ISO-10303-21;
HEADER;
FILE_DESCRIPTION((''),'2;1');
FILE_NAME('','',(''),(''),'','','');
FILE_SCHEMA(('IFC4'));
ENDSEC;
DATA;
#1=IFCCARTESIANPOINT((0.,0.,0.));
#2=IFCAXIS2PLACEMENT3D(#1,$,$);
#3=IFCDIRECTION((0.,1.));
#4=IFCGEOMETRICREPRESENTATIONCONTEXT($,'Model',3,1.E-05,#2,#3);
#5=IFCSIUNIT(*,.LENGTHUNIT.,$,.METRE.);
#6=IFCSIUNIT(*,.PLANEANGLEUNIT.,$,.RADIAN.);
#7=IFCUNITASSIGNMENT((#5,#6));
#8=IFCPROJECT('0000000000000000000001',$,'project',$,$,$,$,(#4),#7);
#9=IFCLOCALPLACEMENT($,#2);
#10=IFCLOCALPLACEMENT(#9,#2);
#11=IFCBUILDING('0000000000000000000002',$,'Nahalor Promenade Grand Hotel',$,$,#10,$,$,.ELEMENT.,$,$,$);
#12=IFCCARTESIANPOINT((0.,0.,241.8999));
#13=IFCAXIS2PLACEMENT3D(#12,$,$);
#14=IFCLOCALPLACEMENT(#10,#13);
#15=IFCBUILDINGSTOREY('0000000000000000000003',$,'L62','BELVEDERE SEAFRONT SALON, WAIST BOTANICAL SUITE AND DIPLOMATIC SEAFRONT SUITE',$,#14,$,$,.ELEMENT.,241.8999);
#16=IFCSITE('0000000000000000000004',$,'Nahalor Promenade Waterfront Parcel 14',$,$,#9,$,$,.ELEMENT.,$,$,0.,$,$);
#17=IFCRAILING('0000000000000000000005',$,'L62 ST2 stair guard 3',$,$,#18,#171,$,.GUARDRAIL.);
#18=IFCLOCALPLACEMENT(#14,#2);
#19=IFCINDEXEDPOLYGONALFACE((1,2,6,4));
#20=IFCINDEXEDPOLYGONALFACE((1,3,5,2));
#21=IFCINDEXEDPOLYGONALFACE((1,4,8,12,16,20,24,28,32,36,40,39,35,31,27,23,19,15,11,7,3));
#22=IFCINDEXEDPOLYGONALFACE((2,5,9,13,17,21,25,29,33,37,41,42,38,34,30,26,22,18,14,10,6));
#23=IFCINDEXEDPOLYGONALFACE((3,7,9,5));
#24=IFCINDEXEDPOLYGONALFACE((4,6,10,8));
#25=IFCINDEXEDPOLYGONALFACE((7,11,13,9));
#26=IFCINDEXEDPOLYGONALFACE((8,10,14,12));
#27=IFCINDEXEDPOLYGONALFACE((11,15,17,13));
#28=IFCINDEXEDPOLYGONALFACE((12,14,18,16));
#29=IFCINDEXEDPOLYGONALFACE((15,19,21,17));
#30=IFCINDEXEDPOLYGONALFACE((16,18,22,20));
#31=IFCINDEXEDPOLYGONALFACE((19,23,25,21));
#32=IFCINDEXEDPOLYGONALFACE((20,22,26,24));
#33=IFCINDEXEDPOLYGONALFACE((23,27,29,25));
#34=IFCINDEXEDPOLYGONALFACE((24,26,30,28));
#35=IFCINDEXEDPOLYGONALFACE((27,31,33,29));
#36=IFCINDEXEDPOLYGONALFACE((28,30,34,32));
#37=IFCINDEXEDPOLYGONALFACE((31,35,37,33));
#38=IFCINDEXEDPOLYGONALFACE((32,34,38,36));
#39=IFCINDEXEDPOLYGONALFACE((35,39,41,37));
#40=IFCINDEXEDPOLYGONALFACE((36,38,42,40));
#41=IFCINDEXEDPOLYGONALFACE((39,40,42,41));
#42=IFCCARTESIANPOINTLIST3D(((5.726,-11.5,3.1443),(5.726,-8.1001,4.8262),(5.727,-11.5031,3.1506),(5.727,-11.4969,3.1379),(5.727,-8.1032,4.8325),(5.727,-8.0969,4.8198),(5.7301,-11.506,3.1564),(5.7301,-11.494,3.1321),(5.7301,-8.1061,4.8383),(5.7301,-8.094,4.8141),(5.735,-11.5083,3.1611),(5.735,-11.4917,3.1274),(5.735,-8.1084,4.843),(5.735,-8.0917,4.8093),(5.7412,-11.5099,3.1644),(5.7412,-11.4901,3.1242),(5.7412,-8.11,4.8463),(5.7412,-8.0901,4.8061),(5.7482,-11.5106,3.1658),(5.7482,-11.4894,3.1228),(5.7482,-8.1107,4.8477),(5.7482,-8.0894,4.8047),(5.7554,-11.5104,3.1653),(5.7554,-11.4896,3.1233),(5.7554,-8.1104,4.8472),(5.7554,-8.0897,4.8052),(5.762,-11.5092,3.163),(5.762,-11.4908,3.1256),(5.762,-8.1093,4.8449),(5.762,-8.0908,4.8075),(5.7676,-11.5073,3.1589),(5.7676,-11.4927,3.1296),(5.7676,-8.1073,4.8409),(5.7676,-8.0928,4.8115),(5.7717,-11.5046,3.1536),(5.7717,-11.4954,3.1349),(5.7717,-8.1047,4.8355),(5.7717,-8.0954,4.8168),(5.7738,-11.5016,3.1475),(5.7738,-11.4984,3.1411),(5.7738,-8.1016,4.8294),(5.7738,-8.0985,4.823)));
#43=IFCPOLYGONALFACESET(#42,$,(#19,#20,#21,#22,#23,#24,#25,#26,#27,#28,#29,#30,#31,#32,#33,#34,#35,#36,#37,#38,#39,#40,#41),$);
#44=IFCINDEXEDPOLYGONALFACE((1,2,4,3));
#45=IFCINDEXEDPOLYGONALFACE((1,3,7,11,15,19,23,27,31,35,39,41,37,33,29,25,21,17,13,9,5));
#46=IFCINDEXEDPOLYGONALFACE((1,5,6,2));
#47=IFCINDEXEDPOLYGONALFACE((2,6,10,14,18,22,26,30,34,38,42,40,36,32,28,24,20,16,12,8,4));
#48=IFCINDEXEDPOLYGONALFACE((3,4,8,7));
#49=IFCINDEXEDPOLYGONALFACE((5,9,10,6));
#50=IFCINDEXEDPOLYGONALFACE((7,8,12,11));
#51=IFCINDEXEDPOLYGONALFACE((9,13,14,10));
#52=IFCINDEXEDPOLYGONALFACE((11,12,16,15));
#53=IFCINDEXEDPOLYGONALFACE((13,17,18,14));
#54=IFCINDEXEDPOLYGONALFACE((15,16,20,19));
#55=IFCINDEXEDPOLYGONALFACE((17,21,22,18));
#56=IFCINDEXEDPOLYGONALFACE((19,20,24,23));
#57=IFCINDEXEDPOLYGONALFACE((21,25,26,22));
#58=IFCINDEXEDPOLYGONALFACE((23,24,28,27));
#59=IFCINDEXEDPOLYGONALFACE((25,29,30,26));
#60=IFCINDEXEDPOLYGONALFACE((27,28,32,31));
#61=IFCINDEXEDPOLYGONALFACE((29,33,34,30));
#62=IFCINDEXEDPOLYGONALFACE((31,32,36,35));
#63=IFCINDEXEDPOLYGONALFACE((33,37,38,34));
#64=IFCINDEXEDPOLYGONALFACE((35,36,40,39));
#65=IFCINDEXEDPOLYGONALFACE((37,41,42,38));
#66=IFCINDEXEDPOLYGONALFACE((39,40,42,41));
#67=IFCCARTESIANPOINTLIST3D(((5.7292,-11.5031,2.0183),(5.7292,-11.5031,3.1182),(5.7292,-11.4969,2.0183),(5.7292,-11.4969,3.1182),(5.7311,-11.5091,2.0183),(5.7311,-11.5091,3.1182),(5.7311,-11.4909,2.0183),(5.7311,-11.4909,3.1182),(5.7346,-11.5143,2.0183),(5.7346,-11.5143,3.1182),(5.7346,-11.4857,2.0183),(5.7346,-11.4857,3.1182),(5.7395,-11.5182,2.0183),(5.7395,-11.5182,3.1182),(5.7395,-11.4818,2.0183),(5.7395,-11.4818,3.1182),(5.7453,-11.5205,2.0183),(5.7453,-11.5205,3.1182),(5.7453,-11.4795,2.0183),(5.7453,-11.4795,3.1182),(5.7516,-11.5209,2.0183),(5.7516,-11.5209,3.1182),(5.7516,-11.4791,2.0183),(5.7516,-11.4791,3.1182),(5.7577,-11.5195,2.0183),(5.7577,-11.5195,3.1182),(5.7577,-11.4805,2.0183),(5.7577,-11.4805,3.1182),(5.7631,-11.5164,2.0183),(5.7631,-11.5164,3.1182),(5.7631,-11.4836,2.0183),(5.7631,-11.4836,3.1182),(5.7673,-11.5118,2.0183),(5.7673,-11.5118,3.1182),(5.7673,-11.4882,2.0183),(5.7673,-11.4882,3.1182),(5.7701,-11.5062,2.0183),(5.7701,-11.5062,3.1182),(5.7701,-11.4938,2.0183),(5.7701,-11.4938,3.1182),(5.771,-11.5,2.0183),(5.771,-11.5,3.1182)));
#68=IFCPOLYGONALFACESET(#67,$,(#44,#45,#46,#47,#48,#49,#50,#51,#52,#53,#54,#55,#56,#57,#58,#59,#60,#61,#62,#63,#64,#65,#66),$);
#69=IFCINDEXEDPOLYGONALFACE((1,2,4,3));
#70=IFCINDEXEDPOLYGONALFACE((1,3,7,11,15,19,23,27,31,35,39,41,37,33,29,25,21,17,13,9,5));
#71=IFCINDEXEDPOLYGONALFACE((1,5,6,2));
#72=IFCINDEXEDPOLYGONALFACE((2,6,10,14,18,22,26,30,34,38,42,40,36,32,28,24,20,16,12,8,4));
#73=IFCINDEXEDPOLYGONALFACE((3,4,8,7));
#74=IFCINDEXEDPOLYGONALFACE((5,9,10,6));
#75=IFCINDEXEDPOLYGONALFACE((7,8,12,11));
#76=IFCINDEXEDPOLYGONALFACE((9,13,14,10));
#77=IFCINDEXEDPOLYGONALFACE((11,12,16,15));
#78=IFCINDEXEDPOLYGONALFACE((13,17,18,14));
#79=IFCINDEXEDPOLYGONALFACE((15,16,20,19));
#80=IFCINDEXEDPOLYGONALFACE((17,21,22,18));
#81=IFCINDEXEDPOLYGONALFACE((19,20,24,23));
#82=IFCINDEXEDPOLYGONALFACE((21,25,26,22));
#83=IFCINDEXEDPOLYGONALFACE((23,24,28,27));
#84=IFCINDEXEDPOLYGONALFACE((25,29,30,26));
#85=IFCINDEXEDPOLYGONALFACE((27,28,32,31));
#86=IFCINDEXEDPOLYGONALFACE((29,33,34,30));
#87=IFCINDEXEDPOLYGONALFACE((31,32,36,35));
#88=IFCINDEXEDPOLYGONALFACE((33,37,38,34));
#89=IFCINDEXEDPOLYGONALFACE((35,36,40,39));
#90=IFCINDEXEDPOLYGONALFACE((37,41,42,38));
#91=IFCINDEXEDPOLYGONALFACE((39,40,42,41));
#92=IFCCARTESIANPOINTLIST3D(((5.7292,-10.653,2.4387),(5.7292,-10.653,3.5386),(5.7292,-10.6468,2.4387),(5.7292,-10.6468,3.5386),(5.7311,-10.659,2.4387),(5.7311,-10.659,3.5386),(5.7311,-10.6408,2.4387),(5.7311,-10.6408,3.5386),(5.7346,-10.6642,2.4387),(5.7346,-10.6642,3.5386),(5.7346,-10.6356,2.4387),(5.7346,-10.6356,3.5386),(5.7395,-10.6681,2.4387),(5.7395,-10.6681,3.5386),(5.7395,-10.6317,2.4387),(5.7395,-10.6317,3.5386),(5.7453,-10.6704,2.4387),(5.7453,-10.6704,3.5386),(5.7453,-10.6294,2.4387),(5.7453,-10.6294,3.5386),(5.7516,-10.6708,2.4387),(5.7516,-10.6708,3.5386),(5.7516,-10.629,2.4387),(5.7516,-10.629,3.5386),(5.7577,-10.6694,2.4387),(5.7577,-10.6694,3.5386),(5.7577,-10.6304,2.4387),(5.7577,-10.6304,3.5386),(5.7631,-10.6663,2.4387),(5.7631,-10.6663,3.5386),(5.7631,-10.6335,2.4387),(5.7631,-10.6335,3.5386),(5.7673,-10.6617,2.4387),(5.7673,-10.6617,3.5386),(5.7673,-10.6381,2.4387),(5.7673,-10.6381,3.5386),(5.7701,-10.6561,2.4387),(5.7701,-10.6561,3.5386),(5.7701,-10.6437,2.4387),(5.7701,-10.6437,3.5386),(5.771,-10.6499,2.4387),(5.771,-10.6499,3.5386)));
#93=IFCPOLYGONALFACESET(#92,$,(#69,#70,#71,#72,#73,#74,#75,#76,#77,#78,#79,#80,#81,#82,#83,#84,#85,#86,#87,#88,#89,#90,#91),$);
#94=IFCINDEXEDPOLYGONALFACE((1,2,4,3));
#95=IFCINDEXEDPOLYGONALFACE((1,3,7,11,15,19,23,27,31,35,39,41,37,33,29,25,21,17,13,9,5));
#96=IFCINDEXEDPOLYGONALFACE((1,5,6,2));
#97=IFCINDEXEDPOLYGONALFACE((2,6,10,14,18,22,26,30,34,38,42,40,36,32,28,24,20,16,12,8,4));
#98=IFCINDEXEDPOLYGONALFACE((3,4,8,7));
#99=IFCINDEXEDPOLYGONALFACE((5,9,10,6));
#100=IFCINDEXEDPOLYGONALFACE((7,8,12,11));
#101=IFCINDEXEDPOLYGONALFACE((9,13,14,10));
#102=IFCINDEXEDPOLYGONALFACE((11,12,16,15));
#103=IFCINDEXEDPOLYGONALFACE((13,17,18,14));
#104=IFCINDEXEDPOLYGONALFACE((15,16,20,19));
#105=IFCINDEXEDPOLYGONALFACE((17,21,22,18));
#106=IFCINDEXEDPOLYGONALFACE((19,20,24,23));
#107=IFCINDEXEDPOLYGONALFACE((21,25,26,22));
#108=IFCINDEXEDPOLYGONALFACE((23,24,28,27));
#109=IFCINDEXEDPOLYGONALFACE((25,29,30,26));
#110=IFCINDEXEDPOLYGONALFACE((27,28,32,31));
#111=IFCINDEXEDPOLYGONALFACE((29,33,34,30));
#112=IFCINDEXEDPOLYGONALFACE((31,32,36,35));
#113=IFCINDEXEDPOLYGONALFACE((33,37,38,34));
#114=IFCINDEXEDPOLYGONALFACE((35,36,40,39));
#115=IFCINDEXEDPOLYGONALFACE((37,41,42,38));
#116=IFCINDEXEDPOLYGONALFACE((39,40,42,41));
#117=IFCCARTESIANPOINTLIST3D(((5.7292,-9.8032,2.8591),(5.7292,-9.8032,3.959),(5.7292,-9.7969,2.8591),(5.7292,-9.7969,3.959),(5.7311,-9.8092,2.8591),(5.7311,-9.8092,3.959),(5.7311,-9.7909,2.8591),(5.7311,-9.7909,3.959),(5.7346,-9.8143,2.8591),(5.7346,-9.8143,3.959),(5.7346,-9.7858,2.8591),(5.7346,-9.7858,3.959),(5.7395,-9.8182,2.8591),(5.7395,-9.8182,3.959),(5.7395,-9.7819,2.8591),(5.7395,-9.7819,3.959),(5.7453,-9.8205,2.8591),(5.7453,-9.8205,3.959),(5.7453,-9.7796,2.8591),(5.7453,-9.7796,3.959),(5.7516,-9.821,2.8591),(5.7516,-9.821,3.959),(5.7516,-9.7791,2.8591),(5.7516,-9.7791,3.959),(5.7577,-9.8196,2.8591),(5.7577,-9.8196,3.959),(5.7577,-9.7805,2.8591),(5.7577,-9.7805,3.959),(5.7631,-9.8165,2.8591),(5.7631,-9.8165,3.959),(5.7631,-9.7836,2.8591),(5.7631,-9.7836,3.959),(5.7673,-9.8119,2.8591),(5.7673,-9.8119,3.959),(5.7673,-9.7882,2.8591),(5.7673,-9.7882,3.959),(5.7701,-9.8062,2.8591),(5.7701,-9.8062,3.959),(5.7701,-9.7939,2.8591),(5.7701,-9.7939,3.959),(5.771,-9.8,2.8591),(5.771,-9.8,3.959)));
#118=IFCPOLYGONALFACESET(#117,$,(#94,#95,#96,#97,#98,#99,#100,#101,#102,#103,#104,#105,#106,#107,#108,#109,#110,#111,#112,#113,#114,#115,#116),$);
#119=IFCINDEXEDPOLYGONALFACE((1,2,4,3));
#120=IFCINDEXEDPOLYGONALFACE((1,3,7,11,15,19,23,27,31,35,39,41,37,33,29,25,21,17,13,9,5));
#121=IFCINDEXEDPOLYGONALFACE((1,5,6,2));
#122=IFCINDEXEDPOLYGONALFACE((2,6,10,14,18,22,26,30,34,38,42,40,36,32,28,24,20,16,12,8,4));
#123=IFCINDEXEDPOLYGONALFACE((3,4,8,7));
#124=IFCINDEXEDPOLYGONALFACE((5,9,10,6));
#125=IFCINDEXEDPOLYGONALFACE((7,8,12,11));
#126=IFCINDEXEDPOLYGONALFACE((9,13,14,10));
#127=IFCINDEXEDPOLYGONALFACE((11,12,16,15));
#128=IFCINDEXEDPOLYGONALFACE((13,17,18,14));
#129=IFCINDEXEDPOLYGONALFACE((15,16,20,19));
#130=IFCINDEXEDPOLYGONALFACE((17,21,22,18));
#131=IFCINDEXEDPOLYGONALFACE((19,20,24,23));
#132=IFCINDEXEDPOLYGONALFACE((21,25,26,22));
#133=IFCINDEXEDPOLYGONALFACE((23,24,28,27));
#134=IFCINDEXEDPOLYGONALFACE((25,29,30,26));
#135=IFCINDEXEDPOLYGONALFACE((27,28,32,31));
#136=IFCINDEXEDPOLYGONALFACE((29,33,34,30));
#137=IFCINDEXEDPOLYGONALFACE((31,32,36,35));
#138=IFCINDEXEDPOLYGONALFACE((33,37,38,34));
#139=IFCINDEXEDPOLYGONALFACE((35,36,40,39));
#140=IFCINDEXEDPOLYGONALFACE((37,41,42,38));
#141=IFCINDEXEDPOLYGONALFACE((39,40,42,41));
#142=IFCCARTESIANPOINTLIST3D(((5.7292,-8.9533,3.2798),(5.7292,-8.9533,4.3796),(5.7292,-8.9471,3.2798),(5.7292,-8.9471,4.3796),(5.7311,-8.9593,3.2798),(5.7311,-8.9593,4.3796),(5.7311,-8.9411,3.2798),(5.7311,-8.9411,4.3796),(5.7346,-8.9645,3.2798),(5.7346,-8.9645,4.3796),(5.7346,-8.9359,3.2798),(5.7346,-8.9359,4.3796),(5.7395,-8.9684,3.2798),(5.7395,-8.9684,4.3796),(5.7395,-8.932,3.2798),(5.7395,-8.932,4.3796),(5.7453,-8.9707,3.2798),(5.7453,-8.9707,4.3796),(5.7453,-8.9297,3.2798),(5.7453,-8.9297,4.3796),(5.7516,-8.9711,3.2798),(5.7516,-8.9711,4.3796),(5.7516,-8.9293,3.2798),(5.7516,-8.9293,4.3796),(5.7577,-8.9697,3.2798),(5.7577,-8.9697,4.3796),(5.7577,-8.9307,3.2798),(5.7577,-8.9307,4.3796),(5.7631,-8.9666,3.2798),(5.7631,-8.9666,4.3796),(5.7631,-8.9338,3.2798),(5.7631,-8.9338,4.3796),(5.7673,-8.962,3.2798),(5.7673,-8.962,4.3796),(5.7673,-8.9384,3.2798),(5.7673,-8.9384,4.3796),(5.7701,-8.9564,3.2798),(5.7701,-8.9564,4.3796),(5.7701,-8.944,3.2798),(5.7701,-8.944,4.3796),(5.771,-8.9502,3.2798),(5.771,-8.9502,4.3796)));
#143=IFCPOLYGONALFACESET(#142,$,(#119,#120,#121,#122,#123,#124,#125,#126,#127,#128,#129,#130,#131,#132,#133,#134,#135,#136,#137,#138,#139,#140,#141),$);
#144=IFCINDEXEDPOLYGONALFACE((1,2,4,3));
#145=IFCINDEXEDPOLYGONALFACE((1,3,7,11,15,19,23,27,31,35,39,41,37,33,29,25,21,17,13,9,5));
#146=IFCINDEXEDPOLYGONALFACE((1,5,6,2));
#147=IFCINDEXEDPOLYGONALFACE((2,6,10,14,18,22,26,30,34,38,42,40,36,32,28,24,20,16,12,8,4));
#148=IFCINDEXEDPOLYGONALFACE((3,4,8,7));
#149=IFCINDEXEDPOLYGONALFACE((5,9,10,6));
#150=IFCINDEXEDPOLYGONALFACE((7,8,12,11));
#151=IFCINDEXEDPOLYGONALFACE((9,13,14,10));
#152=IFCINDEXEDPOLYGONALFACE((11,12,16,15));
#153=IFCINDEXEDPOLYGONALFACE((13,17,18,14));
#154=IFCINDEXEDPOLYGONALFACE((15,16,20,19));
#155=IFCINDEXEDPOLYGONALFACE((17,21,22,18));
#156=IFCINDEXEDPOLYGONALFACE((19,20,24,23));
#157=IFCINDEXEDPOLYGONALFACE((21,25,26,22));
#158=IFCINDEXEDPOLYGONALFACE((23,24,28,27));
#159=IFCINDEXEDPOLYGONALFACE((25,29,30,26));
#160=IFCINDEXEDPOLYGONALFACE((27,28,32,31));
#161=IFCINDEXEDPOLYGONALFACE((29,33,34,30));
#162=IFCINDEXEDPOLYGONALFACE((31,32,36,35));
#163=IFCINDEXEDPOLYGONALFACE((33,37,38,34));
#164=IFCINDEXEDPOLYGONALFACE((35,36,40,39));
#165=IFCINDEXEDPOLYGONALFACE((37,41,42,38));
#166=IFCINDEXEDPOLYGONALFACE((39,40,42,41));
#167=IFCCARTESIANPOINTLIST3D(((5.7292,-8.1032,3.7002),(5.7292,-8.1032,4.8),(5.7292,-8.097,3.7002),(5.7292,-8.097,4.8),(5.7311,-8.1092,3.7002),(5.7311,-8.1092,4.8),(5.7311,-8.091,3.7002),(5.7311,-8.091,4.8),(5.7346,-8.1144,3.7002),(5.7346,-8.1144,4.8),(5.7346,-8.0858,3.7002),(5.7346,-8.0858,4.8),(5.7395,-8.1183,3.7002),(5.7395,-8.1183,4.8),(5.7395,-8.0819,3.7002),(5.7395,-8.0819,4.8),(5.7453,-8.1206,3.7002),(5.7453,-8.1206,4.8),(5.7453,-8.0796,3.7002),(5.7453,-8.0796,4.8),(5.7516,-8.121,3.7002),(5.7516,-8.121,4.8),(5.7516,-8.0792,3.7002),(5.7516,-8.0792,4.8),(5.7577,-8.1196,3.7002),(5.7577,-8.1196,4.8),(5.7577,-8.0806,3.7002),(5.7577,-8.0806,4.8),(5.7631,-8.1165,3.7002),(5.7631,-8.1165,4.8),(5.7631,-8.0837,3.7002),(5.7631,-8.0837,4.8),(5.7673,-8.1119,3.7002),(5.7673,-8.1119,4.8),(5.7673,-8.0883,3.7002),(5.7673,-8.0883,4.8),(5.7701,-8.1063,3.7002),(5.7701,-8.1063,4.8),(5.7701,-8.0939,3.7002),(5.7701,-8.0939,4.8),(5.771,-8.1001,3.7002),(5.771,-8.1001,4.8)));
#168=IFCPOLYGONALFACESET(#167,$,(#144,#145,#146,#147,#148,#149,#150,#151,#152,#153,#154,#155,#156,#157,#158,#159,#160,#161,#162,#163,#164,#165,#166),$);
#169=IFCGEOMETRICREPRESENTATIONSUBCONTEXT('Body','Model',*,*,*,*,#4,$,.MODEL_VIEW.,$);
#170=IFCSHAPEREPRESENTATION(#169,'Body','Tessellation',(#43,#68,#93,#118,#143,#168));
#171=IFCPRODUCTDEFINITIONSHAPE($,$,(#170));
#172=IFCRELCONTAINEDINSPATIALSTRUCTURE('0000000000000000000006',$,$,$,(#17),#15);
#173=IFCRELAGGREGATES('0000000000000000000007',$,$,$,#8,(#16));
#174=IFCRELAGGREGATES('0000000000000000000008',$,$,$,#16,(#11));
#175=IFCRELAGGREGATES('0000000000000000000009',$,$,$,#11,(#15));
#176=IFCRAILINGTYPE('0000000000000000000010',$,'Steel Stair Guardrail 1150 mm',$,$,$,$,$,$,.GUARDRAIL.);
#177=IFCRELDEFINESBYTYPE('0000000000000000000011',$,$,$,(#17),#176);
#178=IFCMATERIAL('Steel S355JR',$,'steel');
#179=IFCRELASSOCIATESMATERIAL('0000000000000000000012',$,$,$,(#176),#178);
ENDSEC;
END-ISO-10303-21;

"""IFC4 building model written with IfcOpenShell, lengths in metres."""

from ifc_helpers import new_model, si_unit, direction, frame, origin, origin_2d, place, context, subcontext, project, spatial, circle, extrude, material, type_object, element, save


model = new_model("IFC4")

# Units and contexts
model_context = context("Model", 3, precision=1e-05, world=origin(), true_north=direction((0.0, 1.0)))
body_context = subcontext(model_context, "Body", "Model", "MODEL_VIEW")
ifc_project = project(units=[si_unit("LENGTHUNIT", "METRE"), si_unit("PLANEANGLEUNIT", "RADIAN")], contexts=[model_context])

# Site, building, storey
site_placement = place(None, origin())
site = spatial("IfcSite", under=ifc_project, at=site_placement, Name="Nahalor Promenade Waterfront Parcel 14", CompositionType="ELEMENT", RefElevation=0.0)
building_placement = place(site_placement, origin())
building = spatial("IfcBuilding", under=site, at=building_placement, Name="Nahalor Promenade Grand Hotel", CompositionType="ELEMENT")
storey_placement = place(building_placement, frame((0.0, 0.0, 241.8999)))
storey = spatial("IfcBuildingStorey", under=building, at=storey_placement, Name="L62", Description="BELVEDERE SEAFRONT SALON, WAIST BOTANICAL SUITE AND DIPLOMATIC SEAFRONT SUITE", CompositionType="ELEMENT", Elevation=241.8999)

# Shared definitions
ifc_material_1 = material(Name="Steel S355JR", Category="steel")

# Railing
railing_type_1 = type_object("IfcRailingType", Name="Steel Stair Guardrail 1150 mm", PredefinedType="GUARDRAIL", material=ifc_material_1)
railing_1_placement = place(storey_placement, frame((5.75, -11.5, 2.0183)))
element("IfcRailing", 1, at=railing_1_placement, inside=storey, type_object=railing_type_1, Name="L62 ST2 stair guard 3", PredefinedType="GUARDRAIL", context=body_context, shape_type="SweptSolid", body=[
    extrude(circle(Radius=0.024, at=origin_2d()), frame((0.0, 0.0, 1.126), z_axis=(0.0, 0.896324, 0.443399), x_axis=(-1.0, 0.0, 0.0)), (0.0, 0.0, 1.0), 3.7932),
    extrude(circle(Radius=0.021, at=origin_2d()), origin(), (0.0, 0.0, 1.0), 1.0999),
    extrude(circle(Radius=0.021, at=origin_2d()), frame((0.0, 0.8501, 0.4204)), (0.0, 0.0, 1.0), 1.0999),
    extrude(circle(Radius=0.021, at=origin_2d()), frame((0.0, 1.7, 0.8408)), (0.0, 0.0, 1.0), 1.0999),
    extrude(circle(Radius=0.021, at=origin_2d()), frame((0.0, 2.5498, 1.2615)), (0.0, 0.0, 1.0), 1.0999),
    extrude(circle(Radius=0.021, at=origin_2d()), frame((0.0, 3.3999, 1.6819)), (0.0, 0.0, 1.0), 1.0999),
])

save(model, "model.ifc")
